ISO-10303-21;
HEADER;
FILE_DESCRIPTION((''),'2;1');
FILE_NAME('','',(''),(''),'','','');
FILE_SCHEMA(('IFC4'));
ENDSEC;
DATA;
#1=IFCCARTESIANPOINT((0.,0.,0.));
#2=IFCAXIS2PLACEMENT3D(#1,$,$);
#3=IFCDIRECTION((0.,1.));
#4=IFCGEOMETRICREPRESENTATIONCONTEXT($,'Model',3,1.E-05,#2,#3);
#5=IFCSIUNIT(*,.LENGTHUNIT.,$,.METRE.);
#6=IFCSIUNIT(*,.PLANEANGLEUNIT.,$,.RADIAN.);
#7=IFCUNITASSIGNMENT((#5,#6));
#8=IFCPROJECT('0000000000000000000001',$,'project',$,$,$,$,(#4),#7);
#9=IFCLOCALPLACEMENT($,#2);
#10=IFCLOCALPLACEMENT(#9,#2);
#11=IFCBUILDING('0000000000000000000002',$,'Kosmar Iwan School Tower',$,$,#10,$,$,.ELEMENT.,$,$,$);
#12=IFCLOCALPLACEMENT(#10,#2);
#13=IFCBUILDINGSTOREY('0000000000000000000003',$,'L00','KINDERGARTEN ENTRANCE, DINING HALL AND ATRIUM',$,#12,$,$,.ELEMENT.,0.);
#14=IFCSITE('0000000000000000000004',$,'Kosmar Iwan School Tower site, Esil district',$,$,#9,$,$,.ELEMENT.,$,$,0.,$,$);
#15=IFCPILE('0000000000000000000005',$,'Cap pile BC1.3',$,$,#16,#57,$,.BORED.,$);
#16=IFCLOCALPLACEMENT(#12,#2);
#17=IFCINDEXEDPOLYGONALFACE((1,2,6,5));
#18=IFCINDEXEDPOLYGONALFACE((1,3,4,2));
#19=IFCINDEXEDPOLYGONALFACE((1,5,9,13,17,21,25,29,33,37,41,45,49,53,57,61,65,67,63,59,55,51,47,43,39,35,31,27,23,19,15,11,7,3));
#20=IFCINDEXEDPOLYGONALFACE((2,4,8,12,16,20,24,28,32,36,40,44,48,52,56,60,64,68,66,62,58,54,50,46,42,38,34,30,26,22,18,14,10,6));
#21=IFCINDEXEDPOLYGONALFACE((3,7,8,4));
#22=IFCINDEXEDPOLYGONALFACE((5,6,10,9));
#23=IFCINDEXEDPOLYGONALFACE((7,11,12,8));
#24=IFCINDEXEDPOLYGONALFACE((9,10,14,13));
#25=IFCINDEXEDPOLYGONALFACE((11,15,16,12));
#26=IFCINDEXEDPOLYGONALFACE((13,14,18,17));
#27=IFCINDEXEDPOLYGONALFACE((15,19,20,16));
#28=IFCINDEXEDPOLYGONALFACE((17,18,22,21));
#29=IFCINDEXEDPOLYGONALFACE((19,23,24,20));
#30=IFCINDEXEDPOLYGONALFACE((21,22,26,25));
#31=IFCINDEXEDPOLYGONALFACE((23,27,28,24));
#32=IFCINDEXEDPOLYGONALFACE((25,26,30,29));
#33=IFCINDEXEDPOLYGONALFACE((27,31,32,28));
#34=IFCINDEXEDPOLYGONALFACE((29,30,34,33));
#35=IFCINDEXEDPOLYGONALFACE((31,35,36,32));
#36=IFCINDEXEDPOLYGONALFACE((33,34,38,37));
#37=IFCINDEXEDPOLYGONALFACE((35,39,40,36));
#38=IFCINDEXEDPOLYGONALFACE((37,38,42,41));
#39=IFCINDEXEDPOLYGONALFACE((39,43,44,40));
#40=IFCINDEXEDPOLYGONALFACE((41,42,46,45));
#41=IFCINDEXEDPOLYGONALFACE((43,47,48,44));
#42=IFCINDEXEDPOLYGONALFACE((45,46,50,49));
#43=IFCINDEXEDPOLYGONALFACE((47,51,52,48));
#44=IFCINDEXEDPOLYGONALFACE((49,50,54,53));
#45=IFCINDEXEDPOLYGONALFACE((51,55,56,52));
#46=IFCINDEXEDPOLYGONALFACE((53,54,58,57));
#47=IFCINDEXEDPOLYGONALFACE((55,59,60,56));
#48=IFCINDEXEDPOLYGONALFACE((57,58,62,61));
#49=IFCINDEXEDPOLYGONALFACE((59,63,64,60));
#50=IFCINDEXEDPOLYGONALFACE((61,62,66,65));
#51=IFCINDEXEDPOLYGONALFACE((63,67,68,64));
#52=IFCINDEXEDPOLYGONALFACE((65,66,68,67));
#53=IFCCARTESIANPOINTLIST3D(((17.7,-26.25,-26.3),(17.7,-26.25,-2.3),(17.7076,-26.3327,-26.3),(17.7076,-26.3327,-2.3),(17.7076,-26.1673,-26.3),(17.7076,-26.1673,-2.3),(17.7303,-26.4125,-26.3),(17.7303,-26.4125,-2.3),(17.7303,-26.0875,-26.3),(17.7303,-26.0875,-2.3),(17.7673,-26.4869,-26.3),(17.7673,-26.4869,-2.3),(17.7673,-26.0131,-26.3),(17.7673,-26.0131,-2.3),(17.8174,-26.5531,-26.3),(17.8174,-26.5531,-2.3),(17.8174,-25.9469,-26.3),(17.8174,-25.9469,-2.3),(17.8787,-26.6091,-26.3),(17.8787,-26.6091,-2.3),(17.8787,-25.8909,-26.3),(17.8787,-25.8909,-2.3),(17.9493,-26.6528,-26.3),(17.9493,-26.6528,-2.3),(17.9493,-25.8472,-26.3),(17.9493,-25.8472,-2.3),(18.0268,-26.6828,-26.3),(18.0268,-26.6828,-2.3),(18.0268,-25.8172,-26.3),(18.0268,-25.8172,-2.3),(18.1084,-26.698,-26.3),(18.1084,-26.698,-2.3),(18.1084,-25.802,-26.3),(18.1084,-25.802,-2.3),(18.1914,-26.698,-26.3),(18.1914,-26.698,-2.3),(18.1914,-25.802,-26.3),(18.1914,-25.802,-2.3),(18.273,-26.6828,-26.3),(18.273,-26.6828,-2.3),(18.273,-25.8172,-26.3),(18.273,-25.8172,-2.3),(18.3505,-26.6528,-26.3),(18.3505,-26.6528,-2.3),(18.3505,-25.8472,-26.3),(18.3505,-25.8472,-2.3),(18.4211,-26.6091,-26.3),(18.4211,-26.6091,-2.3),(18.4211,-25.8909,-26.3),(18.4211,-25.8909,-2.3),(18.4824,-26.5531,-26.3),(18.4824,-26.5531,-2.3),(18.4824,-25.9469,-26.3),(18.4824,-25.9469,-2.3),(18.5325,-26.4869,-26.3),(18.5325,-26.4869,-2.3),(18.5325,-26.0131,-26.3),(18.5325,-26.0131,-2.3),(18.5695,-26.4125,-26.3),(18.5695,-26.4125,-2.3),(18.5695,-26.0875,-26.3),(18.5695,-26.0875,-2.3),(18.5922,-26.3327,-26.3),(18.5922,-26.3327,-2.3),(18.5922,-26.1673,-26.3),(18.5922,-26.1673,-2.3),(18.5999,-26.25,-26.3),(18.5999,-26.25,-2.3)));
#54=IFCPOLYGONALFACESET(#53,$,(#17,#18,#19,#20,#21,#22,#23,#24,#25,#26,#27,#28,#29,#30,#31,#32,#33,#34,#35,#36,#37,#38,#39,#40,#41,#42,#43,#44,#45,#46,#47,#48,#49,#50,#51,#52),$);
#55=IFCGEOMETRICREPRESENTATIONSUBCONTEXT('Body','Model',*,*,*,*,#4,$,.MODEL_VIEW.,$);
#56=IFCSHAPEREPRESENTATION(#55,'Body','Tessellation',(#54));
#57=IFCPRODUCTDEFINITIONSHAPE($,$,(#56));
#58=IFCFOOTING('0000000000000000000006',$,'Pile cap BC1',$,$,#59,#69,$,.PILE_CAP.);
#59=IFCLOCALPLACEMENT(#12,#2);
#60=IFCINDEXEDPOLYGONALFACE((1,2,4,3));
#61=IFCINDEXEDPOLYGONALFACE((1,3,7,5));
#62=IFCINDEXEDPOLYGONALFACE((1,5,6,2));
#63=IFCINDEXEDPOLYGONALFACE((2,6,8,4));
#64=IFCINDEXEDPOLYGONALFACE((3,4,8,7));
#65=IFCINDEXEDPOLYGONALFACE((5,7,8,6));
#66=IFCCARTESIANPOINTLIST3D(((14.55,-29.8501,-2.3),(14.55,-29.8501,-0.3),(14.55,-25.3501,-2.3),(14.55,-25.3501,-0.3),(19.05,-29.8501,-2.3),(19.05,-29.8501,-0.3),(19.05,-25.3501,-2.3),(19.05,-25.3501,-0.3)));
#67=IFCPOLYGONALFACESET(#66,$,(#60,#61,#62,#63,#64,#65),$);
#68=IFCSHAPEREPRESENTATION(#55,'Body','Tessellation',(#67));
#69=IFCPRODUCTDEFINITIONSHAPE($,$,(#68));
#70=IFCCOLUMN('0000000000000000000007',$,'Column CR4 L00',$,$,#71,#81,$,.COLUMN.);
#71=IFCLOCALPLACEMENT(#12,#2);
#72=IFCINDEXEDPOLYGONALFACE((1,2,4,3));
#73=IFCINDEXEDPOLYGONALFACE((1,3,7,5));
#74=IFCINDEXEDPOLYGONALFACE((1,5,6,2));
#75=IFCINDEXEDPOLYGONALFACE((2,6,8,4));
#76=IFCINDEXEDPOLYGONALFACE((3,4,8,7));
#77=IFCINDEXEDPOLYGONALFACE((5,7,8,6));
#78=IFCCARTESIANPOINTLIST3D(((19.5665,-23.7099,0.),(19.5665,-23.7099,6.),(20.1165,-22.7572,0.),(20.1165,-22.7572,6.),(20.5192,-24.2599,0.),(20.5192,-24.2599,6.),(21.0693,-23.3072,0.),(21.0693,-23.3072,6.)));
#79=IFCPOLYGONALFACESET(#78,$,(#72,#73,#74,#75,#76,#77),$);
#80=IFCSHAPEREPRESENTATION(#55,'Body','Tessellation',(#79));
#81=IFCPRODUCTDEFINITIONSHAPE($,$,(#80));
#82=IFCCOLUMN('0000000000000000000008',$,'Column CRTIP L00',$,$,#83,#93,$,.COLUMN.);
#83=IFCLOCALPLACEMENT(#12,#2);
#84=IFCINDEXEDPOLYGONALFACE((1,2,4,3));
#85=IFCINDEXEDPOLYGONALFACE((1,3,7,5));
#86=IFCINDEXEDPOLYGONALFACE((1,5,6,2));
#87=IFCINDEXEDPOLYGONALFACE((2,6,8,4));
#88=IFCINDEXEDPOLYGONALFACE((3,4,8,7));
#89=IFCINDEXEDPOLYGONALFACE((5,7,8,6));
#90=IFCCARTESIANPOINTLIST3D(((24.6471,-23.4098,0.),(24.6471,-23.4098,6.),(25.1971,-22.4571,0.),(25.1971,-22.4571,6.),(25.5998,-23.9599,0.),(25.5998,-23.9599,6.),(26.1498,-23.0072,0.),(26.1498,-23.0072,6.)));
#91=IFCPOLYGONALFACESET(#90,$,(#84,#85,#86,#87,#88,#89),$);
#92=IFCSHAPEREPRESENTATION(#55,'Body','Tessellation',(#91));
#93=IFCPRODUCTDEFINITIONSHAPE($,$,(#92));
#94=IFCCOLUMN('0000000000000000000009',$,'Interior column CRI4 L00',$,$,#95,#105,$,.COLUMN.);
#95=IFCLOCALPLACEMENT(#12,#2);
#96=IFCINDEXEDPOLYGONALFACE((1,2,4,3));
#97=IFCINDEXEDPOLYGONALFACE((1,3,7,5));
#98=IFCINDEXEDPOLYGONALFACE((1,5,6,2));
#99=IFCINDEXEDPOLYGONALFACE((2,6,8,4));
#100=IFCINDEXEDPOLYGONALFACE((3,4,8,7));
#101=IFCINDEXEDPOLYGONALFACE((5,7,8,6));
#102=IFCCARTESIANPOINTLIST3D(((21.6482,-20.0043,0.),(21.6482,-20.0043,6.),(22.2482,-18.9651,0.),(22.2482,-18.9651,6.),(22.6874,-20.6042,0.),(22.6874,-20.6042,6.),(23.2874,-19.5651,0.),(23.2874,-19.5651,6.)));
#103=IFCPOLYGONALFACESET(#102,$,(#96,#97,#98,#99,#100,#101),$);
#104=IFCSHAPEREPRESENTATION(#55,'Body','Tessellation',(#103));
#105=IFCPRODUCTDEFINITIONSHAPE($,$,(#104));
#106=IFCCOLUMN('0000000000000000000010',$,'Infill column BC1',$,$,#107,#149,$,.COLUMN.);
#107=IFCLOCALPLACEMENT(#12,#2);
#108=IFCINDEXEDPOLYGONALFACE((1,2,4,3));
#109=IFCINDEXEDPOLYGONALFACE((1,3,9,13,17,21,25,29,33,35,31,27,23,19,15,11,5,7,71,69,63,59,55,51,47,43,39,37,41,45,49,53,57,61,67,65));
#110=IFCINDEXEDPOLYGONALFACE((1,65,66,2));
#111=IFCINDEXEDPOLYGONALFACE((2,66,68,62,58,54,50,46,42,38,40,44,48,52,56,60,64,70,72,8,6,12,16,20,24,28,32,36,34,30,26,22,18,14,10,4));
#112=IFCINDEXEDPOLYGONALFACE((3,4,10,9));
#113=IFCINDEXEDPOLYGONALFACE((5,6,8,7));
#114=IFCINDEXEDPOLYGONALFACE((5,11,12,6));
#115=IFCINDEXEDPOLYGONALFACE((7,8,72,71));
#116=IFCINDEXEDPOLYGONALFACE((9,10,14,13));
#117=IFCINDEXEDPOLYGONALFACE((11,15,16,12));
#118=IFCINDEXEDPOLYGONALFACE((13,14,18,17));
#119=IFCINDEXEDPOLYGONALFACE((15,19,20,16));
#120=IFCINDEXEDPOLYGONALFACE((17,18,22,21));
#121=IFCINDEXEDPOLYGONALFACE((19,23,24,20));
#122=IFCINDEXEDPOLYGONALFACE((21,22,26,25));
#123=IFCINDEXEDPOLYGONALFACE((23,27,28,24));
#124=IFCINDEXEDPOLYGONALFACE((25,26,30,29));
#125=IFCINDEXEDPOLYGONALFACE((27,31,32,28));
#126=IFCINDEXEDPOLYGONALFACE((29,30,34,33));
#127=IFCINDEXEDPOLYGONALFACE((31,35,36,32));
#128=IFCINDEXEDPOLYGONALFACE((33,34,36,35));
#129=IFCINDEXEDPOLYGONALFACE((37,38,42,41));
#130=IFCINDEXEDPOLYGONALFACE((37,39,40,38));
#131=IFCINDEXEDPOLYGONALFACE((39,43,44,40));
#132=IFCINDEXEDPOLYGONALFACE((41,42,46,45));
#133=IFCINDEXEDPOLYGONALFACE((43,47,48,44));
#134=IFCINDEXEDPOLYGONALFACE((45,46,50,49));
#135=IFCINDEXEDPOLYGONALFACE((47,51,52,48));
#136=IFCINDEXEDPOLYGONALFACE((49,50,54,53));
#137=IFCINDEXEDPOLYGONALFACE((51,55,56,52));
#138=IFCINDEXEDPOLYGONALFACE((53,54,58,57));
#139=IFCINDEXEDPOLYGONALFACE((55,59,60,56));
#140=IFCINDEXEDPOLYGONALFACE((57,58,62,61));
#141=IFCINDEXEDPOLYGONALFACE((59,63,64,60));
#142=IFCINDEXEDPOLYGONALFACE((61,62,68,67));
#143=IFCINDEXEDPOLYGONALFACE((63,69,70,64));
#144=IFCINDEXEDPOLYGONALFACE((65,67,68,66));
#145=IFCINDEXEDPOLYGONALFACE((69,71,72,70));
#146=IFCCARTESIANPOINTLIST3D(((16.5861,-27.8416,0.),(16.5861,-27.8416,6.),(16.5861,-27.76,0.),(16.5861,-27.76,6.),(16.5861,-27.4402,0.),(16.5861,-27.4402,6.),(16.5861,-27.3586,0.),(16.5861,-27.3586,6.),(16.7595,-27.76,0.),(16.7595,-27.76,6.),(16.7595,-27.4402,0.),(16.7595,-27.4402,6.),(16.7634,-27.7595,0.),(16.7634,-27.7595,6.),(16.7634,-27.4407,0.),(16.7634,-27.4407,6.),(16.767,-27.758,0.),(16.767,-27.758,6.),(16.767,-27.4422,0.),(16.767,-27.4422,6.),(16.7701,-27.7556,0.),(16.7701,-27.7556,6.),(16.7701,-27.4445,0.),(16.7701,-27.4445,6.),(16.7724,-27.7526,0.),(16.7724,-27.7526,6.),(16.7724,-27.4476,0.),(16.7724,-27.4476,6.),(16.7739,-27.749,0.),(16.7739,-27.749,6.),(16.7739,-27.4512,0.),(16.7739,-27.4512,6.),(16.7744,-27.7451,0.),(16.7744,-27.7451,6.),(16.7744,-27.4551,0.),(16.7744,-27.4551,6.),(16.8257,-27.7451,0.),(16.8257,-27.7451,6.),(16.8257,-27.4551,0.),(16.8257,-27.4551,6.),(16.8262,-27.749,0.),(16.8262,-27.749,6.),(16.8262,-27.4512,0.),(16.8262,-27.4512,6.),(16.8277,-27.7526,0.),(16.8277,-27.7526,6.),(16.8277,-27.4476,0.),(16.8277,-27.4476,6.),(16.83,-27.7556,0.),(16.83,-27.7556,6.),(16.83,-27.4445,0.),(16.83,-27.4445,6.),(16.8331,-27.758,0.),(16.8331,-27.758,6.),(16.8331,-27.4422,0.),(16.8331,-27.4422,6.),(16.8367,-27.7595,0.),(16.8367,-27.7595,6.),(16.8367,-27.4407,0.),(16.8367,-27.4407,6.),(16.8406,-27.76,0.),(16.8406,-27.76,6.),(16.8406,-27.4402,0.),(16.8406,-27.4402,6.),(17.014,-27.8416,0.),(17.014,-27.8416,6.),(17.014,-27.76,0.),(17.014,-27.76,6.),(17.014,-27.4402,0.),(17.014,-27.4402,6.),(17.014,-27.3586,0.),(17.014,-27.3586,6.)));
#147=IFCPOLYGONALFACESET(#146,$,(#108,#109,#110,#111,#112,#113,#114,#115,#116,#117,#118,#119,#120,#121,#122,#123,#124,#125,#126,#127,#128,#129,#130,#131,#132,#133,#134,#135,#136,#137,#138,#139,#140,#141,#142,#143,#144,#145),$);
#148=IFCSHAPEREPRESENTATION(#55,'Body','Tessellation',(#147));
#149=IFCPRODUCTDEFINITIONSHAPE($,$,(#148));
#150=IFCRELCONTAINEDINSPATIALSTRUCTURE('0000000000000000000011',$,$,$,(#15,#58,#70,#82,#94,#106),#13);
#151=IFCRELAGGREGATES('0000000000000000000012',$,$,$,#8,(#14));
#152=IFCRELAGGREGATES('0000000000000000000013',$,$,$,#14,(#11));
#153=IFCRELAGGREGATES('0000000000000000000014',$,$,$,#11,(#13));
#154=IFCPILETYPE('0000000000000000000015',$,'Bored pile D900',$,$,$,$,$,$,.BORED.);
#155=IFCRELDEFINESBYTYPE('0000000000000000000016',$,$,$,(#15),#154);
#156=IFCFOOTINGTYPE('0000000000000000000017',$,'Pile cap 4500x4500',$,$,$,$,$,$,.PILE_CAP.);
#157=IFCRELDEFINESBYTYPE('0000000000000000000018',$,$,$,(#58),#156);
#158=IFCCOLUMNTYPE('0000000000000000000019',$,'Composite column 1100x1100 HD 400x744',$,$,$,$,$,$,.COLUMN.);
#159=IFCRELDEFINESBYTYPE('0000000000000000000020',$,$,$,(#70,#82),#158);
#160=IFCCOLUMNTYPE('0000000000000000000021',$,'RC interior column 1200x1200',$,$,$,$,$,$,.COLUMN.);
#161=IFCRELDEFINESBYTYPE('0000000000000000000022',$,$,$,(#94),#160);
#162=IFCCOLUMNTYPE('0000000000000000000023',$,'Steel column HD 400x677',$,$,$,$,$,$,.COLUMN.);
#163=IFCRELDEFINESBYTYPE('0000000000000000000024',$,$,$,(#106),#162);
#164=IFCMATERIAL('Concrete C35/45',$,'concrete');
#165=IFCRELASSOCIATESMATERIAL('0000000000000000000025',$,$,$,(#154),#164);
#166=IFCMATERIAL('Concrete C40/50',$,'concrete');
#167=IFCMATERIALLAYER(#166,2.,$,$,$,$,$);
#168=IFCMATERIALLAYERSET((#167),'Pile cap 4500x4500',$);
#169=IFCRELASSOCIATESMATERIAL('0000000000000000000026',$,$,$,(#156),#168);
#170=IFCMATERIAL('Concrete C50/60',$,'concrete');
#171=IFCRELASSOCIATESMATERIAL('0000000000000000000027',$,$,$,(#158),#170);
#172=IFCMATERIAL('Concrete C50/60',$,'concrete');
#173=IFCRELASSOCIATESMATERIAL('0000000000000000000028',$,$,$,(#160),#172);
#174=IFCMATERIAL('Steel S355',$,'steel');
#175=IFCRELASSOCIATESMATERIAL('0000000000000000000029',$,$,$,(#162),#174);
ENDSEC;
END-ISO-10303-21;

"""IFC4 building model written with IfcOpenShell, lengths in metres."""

from ifc_helpers import new_model, si_unit, direction, frame, origin, origin_2d, place, context, subcontext, project, spatial, rectangle, circle, i_section, extrude, material, layer, layer_set, material_profile, profile_set, type_object, element, save


model = new_model("IFC4")

# Units and contexts
model_context = context("Model", 3, precision=1e-05, world=origin(), true_north=direction((0.0, 1.0)))
body_context = subcontext(model_context, "Body", "Model", "MODEL_VIEW")
ifc_project = project(units=[si_unit("LENGTHUNIT", "METRE"), si_unit("PLANEANGLEUNIT", "RADIAN")], contexts=[model_context])

# Site, building, storey
site_placement = place(None, origin())
site = spatial("IfcSite", under=ifc_project, at=site_placement, Name="Kosmar Iwan School Tower site, Esil district", CompositionType="ELEMENT", RefElevation=0.0)
building_placement = place(site_placement, origin())
building = spatial("IfcBuilding", under=site, at=building_placement, Name="Kosmar Iwan School Tower", CompositionType="ELEMENT")
storey_placement = place(building_placement, origin())
storey = spatial("IfcBuildingStorey", under=building, at=storey_placement, Name="L00", Description="KINDERGARTEN ENTRANCE, DINING HALL AND ATRIUM", CompositionType="ELEMENT", Elevation=0.0)

# Pile
ifc_material_1 = material(Name="Concrete C35/45", Category="concrete")
ifc_material_profile_1 = material_profile(ifc_material_1, circle(Radius=0.45, at=origin_2d()), Name="D900")
ifc_profile_set_1 = profile_set([ifc_material_profile_1], Name="Concrete C35/45")
pile_type_1 = type_object("IfcPileType", Name="Bored pile D900", PredefinedType="BORED", material=ifc_profile_set_1)
for number, where, z_axis, x_axis, name in (
    (1, (18.1499, -26.25, -2.3), (0.0, 0.0, -1.0), (1.0, 0.0, 0.0), "Cap pile BC1.3"),
):
    element("IfcPile", number, at=place(storey_placement, frame(where, z_axis=z_axis, x_axis=x_axis)), inside=storey, type_object=pile_type_1, Name=name, PredefinedType="BORED", context=body_context, shape_type="SweptSolid", body=[
        extrude(circle(Radius=0.45, at=origin_2d()), origin(), (0.0, 0.0, 1.0), 24.0),
    ])

# Footing
ifc_material_2 = material(Name="Concrete C40/50", Category="concrete")
ifc_layer_1 = layer(ifc_material_2, 2.0)
ifc_layer_set_1 = layer_set([ifc_layer_1], Name="Pile cap 4500x4500")
footing_type = type_object("IfcFootingType", Name="Pile cap 4500x4500", PredefinedType="PILE_CAP", material=ifc_layer_set_1)
footing_placement = place(storey_placement, frame((16.8, -27.6001, -2.3), z_axis=(0.0, 0.0, 1.0), x_axis=(1.0, 0.0, 0.0)))
element("IfcFooting", 2, at=footing_placement, inside=storey, type_object=footing_type, Name="Pile cap BC1", PredefinedType="PILE_CAP", context=body_context, shape_type="SweptSolid", body=[
    extrude(rectangle(XDim=4.5, YDim=4.5, at=origin_2d()), origin(), (0.0, 0.0, 1.0), 2.0),
])

# Columns
ifc_material_3 = material(Name="Concrete C50/60", Category="concrete")
ifc_material_profile_2 = material_profile(ifc_material_3, rectangle(XDim=1.1001, YDim=1.1001, at=origin_2d()), Name="RC 1100x1100 + HD 400x744")
ifc_profile_set_2 = profile_set([ifc_material_profile_2], Name="Concrete C50/60")
column_type_1 = type_object("IfcColumnType", Name="Composite column 1100x1100 HD 400x744", PredefinedType="COLUMN", material=ifc_profile_set_2)
for number, where, z_axis, x_axis, name in (
    (3, (20.3179, -23.5085, 0.0), (0.0, 0.0, 1.0), (0.866025, -0.5, 0.0), "Column CR4 L00"),
    (4, (25.3984, -23.2085, 0.0), (0.0, 0.0, 1.0), (0.866025, -0.5, 0.0), "Column CRTIP L00"),
):
    element("IfcColumn", number, at=place(storey_placement, frame(where, z_axis=z_axis, x_axis=x_axis)), inside=storey, type_object=column_type_1, Name=name, PredefinedType="COLUMN", context=body_context, shape_type="SweptSolid", body=[
        extrude(rectangle(XDim=1.1001, YDim=1.1001, at=origin_2d()), origin(), (0.0, 0.0, 1.0), 6.0),
    ])
ifc_material_4 = material(Name="Concrete C50/60", Category="concrete")
ifc_material_profile_3 = material_profile(ifc_material_4, rectangle(XDim=1.2, YDim=1.2, at=origin_2d()), Name="RC 1200x1200")
ifc_profile_set_3 = profile_set([ifc_material_profile_3], Name="Concrete C50/60")
column_type_2 = type_object("IfcColumnType", Name="RC interior column 1200x1200", PredefinedType="COLUMN", material=ifc_profile_set_3)
column_1_placement = place(storey_placement, frame((22.4678, -19.7847, 0.0), z_axis=(0.0, 0.0, 1.0), x_axis=(0.866025, -0.5, 0.0)))
element("IfcColumn", 5, at=column_1_placement, inside=storey, type_object=column_type_2, Name="Interior column CRI4 L00", PredefinedType="COLUMN", context=body_context, shape_type="SweptSolid", body=[
    extrude(rectangle(XDim=1.2, YDim=1.2, at=origin_2d()), origin(), (0.0, 0.0, 1.0), 6.0),
])
ifc_material_5 = material(Name="Steel S355", Category="steel")
ifc_material_profile_4 = material_profile(ifc_material_5, i_section(OverallWidth=0.428, OverallDepth=0.4829, WebThickness=0.0513, FlangeThickness=0.0815, FilletRadius=0.0149, at=origin_2d()), Name="HD 400x677")
ifc_profile_set_4 = profile_set([ifc_material_profile_4], Name="Steel S355")
column_type_3 = type_object("IfcColumnType", Name="Steel column HD 400x677", PredefinedType="COLUMN", material=ifc_profile_set_4)
column_2_placement = place(storey_placement, frame((16.8, -27.6001, 0.0), z_axis=(0.0, 0.0, 1.0), x_axis=(1.0, 0.0, 0.0)))
element("IfcColumn", 6, at=column_2_placement, inside=storey, type_object=column_type_3, Name="Infill column BC1", PredefinedType="COLUMN", context=body_context, shape_type="SweptSolid", body=[
    extrude(i_section(OverallWidth=0.428, OverallDepth=0.4829, WebThickness=0.0513, FlangeThickness=0.0815, FilletRadius=0.0149, at=origin_2d()), origin(), (0.0, 0.0, 1.0), 6.0),
])

save(model, "model.ifc")
